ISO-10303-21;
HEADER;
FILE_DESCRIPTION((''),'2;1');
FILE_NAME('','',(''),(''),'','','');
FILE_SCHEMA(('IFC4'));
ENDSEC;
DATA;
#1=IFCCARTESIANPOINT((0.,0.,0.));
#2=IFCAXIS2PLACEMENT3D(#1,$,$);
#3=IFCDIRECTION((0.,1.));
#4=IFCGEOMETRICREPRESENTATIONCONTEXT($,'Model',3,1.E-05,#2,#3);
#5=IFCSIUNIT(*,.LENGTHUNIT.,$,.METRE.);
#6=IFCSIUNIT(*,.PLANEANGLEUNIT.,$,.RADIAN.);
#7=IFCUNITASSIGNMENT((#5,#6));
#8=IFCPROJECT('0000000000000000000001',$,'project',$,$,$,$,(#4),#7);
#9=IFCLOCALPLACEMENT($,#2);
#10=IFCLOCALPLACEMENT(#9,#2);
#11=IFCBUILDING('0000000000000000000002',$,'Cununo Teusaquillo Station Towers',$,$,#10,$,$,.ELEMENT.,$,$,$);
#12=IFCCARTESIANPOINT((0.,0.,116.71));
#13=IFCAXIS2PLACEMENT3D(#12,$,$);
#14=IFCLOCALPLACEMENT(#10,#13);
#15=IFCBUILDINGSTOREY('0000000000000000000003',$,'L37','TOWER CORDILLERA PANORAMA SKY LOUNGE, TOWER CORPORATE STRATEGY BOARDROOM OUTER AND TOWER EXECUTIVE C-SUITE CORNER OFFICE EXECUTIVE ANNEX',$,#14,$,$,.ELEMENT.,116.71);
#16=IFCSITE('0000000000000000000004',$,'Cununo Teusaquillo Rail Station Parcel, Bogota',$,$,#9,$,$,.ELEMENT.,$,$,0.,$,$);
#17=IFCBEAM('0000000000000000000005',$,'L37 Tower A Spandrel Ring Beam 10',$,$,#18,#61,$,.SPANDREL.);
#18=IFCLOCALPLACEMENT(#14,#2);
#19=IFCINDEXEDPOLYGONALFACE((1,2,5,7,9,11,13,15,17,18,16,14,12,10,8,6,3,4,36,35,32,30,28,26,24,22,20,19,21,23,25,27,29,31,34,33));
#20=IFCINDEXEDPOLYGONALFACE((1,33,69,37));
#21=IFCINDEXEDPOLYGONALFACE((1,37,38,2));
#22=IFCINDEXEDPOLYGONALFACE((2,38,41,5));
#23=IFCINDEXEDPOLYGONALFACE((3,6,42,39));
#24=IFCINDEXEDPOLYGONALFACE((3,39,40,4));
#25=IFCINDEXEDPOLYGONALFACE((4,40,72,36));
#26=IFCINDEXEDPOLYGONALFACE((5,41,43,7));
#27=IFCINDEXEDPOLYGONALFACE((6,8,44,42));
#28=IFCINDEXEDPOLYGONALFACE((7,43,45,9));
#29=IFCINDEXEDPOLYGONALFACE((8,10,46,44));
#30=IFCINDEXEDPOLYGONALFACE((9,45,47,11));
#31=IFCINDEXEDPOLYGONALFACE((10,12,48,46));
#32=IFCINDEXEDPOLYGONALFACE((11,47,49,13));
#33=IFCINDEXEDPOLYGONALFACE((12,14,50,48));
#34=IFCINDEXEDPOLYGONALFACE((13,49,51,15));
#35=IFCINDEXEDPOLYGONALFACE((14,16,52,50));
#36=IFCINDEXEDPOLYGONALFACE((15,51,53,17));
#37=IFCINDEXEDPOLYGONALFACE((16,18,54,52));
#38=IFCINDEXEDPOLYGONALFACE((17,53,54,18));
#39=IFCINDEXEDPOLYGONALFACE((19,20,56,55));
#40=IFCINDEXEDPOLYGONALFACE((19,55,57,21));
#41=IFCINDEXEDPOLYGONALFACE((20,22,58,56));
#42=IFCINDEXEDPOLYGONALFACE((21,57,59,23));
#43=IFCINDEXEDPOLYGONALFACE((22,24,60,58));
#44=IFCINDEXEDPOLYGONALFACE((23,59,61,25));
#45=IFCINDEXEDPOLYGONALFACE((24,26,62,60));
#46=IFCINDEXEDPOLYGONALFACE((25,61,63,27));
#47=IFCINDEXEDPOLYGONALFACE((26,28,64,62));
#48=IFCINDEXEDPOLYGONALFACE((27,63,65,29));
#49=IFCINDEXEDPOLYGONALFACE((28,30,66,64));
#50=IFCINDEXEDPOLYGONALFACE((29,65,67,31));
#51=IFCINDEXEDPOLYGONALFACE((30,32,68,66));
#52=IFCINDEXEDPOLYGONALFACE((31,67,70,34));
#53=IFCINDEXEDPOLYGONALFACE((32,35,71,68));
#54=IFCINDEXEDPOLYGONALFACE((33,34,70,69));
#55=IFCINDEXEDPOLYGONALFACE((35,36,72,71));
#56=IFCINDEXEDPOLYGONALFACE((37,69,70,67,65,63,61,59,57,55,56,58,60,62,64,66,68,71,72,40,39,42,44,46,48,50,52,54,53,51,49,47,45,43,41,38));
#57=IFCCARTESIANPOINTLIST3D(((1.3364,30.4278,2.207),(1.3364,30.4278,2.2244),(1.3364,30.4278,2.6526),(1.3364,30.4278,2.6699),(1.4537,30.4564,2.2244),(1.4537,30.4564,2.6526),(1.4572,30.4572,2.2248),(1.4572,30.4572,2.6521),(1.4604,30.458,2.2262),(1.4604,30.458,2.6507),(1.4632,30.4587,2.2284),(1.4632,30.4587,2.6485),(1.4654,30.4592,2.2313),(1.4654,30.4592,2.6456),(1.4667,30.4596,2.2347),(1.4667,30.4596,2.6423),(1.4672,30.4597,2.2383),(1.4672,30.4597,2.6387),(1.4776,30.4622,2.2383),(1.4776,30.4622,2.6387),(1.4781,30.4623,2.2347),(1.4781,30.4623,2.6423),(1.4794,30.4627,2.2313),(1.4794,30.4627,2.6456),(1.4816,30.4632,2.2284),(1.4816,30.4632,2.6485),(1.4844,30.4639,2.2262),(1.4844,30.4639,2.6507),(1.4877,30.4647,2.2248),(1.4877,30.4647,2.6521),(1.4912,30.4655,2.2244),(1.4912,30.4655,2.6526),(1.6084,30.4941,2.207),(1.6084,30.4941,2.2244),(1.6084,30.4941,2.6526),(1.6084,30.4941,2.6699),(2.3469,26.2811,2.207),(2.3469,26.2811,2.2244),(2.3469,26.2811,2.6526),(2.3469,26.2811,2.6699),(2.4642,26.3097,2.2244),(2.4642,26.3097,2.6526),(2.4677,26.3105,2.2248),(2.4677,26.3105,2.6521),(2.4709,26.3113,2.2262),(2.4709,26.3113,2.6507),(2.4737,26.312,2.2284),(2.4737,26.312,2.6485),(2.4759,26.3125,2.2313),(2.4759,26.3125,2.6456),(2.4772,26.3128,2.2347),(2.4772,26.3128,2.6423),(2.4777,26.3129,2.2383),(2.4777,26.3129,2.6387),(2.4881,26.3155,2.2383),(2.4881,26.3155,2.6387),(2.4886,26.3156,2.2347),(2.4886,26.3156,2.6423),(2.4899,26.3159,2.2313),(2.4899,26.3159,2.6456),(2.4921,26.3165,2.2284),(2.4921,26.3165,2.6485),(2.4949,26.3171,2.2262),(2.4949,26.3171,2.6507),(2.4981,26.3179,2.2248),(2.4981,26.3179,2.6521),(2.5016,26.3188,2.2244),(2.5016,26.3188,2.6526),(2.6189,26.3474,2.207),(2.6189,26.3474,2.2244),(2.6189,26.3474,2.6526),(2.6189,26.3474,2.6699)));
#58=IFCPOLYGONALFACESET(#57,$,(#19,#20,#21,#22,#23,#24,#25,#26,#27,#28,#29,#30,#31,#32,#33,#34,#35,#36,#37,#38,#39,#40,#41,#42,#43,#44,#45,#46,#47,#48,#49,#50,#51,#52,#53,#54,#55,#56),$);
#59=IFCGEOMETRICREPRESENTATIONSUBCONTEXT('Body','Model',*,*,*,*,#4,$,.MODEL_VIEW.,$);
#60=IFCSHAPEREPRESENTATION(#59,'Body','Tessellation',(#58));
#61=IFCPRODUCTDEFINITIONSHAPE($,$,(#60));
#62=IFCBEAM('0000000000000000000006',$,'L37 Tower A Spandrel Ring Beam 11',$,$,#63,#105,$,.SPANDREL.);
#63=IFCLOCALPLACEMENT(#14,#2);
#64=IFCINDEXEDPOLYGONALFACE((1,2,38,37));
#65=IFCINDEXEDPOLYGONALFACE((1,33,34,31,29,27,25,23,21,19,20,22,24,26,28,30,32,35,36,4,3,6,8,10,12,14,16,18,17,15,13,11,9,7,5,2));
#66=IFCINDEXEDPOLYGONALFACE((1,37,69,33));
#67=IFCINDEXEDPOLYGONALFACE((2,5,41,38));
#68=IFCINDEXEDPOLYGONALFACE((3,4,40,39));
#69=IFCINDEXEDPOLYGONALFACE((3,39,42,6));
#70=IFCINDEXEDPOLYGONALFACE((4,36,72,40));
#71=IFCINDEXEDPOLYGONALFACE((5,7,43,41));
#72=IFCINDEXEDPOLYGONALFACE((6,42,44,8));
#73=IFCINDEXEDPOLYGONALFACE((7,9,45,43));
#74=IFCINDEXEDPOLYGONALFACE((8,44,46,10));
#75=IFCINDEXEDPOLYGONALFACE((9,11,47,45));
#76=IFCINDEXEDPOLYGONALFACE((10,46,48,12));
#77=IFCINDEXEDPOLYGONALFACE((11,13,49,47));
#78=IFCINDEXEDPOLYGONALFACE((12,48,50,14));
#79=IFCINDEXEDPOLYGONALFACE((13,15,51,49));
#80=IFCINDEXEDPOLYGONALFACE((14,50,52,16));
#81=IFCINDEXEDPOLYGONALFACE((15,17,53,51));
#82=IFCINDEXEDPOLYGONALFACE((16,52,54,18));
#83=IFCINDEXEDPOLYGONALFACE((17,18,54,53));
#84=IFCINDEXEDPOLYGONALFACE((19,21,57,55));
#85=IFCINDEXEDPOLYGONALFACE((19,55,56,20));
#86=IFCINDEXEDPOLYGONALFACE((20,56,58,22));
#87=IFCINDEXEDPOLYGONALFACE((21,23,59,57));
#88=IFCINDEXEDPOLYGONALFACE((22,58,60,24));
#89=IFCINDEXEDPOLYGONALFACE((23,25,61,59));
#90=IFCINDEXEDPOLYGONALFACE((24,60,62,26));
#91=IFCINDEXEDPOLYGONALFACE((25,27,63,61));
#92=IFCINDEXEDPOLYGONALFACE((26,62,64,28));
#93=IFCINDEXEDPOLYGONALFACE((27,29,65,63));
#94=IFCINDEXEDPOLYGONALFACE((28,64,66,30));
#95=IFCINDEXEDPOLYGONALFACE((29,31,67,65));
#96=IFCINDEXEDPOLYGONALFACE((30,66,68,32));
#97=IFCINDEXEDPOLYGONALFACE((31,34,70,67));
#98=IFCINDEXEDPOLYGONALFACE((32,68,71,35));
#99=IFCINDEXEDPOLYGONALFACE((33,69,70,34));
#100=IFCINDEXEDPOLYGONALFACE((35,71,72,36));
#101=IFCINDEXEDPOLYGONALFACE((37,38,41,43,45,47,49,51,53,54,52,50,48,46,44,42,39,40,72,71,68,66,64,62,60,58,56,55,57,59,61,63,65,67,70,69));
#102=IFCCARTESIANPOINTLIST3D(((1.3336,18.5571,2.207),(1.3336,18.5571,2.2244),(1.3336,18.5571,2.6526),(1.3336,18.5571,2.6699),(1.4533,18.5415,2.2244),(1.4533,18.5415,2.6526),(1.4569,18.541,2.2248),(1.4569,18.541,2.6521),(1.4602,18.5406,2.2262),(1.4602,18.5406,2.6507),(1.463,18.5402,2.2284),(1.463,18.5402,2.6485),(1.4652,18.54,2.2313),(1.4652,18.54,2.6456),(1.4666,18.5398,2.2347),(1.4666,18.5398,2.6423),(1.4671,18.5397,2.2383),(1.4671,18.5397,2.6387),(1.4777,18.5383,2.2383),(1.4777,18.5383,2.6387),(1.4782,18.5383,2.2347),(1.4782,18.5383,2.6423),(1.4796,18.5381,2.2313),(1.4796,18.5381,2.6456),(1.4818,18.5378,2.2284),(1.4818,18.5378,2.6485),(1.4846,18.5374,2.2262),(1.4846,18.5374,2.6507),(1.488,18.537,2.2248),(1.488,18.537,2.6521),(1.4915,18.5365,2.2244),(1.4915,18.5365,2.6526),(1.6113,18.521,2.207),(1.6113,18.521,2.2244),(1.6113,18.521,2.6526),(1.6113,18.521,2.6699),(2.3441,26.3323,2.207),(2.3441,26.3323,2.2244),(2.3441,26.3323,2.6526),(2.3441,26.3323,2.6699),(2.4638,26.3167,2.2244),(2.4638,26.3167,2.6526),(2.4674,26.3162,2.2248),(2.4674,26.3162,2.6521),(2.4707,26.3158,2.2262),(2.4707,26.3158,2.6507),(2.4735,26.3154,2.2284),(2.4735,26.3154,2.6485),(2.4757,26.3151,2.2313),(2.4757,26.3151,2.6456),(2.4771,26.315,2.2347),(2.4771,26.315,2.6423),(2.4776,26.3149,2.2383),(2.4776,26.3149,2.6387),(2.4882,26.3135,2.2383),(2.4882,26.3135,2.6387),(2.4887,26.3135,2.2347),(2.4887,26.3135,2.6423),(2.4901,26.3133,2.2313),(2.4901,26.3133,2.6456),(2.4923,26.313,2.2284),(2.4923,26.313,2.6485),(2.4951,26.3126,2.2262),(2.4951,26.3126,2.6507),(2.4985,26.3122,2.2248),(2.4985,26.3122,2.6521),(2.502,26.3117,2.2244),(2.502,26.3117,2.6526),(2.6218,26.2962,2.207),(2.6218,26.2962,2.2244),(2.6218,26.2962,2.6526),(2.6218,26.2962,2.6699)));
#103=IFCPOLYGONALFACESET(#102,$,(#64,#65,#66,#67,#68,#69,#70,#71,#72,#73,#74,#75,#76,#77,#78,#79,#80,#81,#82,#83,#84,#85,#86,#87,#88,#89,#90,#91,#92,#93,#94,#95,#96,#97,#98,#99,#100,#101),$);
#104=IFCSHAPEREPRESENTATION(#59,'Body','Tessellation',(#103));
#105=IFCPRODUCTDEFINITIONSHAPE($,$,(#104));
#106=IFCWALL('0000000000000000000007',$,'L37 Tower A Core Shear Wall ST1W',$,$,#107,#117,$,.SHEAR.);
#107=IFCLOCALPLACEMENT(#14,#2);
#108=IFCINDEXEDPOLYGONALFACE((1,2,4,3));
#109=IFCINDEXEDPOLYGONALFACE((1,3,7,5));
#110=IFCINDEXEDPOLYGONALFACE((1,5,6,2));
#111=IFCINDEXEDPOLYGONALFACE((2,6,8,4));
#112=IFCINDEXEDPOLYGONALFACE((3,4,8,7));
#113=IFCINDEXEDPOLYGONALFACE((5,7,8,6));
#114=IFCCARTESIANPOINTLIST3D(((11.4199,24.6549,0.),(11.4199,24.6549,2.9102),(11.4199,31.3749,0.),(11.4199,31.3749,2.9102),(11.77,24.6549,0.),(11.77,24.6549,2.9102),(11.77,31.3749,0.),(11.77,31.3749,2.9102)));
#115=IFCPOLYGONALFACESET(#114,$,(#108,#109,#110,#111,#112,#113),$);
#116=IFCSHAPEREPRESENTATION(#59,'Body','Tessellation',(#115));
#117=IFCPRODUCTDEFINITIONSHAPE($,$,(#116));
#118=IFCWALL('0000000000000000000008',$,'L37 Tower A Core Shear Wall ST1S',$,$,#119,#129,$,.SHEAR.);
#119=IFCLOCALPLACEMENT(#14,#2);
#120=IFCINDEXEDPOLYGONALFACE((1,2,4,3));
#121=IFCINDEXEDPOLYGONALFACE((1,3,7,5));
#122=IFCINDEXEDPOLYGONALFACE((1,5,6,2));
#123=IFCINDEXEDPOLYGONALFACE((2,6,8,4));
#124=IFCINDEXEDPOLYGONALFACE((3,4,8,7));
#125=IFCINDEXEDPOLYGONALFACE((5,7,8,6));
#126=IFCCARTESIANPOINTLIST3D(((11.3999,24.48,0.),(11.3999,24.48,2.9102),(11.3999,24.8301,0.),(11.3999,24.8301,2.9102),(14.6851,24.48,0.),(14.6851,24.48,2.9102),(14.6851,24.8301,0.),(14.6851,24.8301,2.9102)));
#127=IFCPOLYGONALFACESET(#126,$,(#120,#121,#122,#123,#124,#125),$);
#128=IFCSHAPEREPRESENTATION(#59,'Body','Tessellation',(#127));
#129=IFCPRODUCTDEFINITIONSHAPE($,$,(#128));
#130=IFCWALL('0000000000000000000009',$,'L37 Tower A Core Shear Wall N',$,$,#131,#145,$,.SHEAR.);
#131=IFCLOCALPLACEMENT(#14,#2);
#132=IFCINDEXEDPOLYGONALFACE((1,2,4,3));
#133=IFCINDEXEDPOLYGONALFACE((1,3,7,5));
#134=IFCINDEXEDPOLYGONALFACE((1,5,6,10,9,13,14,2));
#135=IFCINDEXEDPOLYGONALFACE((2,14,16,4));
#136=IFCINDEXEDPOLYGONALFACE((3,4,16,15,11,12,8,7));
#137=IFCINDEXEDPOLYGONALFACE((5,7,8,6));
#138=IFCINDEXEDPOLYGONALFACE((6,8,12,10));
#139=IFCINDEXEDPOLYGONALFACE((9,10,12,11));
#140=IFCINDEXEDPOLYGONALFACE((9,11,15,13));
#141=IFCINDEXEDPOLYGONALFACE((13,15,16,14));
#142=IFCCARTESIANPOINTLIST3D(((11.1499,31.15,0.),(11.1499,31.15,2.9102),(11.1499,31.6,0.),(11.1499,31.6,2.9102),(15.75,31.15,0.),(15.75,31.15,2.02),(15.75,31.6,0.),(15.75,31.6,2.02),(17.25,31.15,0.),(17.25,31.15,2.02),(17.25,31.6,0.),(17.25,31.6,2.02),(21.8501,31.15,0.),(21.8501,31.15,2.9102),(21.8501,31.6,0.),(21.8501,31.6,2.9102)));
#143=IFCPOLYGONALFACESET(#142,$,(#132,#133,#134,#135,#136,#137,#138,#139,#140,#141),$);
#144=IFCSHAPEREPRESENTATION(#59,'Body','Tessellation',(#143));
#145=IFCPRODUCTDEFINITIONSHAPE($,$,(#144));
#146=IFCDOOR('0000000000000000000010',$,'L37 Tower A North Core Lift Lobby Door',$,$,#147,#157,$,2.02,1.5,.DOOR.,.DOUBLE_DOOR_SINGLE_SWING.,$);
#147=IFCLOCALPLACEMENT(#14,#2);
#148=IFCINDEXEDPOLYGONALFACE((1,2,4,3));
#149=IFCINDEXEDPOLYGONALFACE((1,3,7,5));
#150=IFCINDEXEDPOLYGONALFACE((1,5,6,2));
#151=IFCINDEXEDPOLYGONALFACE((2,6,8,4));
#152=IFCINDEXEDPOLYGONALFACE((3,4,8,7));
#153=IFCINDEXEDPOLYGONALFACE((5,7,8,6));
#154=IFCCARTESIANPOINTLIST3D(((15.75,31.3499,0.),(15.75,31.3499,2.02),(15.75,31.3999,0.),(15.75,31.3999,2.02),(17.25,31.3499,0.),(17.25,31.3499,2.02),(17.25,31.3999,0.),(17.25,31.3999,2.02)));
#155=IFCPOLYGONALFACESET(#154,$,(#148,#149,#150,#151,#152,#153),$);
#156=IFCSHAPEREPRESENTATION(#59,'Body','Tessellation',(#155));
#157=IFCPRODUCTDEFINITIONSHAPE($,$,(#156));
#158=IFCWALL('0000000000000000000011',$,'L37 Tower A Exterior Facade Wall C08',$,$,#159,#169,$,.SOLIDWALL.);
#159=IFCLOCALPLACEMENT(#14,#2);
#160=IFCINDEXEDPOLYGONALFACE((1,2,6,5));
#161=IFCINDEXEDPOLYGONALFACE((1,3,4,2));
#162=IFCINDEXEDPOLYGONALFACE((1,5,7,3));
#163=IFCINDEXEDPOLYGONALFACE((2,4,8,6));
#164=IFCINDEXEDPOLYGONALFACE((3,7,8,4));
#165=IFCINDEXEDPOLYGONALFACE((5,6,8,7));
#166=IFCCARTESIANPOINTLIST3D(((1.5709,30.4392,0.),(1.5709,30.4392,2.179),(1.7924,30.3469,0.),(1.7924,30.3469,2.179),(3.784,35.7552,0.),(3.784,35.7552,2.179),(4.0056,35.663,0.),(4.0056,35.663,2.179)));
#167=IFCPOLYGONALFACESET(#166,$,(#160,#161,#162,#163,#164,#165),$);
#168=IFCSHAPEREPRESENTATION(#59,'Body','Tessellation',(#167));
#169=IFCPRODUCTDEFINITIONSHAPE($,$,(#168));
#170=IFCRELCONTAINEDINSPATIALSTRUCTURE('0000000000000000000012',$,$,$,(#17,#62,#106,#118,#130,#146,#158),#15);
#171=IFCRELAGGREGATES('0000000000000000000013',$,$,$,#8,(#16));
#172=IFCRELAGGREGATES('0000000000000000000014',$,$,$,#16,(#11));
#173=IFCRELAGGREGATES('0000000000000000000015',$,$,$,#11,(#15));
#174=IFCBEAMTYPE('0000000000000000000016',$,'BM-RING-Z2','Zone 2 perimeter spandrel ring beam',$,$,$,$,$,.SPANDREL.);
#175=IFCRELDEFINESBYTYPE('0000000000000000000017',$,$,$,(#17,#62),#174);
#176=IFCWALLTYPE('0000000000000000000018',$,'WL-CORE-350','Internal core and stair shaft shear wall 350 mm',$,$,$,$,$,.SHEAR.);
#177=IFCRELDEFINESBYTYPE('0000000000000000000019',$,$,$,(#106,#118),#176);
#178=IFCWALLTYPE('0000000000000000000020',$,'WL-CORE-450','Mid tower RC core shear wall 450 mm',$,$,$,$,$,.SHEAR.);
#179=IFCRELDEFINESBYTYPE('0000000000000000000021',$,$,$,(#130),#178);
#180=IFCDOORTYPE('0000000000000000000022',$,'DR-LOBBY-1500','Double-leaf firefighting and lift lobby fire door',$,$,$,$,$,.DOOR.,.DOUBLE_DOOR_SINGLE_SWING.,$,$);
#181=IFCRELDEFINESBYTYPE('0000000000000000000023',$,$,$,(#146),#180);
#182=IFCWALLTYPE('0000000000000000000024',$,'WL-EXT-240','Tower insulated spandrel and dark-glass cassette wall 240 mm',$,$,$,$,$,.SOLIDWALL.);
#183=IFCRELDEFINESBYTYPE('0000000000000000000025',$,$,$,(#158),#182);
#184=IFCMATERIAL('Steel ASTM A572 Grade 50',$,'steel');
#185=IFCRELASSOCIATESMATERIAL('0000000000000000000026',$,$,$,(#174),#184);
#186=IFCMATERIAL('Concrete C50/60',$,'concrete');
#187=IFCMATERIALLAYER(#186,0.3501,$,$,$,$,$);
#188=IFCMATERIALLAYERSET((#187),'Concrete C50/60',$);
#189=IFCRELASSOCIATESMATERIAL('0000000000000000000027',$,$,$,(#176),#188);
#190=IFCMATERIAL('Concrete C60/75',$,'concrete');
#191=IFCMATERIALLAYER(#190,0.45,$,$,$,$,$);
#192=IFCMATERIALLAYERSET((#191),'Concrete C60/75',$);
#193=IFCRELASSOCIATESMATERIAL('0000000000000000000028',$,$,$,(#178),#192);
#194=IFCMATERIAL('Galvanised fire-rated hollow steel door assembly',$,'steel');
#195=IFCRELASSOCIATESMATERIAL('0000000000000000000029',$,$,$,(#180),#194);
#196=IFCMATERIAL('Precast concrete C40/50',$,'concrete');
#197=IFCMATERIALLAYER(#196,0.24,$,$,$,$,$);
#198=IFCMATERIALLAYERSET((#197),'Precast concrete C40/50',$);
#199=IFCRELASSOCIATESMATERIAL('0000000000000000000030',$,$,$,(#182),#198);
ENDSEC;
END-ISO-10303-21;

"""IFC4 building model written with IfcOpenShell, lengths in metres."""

from ifc_helpers import new_model, si_unit, direction, frame, frame_2d, origin, origin_2d, place, context, subcontext, project, spatial, rectangle, i_section, extrude, source, transform, mapped, material, layer, layer_set, material_profile, profile_set, type_object, element, fill, save


model = new_model("IFC4")

# Units and contexts
model_context = context("Model", 3, precision=1e-05, world=origin(), true_north=direction((0.0, 1.0)))
body_context = subcontext(model_context, "Body", "Model", "MODEL_VIEW")
ifc_project = project(units=[si_unit("LENGTHUNIT", "METRE"), si_unit("PLANEANGLEUNIT", "RADIAN")], contexts=[model_context])

# Site, building, storey
site_placement = place(None, origin())
site = spatial("IfcSite", under=ifc_project, at=site_placement, Name="Cununo Teusaquillo Rail Station Parcel, Bogota", CompositionType="ELEMENT", RefElevation=0.0)
building_placement = place(site_placement, origin())
building = spatial("IfcBuilding", under=site, at=building_placement, Name="Cununo Teusaquillo Station Towers", CompositionType="ELEMENT")
storey_placement = place(building_placement, frame((0.0, 0.0, 116.71)))
storey = spatial("IfcBuildingStorey", under=building, at=storey_placement, Name="L37", Description="TOWER CORDILLERA PANORAMA SKY LOUNGE, TOWER CORPORATE STRATEGY BOARDROOM OUTER AND TOWER EXECUTIVE C-SUITE CORNER OFFICE EXECUTIVE ANNEX", CompositionType="ELEMENT", Elevation=116.71)

# Beams
ifc_material_1 = material(Name="Steel ASTM A572 Grade 50", Category="steel")
ifc_material_profile_1 = material_profile(ifc_material_1, i_section(OverallWidth=0.28, OverallDepth=0.4629, WebThickness=0.0107, FlangeThickness=0.0173, FilletRadius=0.0139, at=origin_2d()), Name="W18X76")
ifc_profile_set_1 = profile_set([ifc_material_profile_1], Name="Steel ASTM A572 Grade 50")
beam_type_1 = type_object("IfcBeamType", Name="BM-RING-Z2", Description="Zone 2 perimeter spandrel ring beam", PredefinedType="SPANDREL", material=ifc_profile_set_1)
beam_1_placement = place(storey_placement, frame((1.4724, 30.4609, 2.4385), z_axis=(0.236757, -0.971569, 0.0), x_axis=(0.971569, 0.236757, 0.0)))
element("IfcBeam", 1, at=beam_1_placement, inside=storey, type_object=beam_type_1, Name="L37 Tower A Spandrel Ring Beam 10", PredefinedType="SPANDREL", context=body_context, shape_type="SweptSolid", body=[
    extrude(i_section(OverallWidth=0.28, OverallDepth=0.4629, WebThickness=0.0107, FlangeThickness=0.0173, FilletRadius=0.0139, at=origin_2d()), origin(), (0.0, 0.0, 1.0), 4.2681),
])
beam_2_placement = place(storey_placement, frame((2.4829, 26.3142, 2.4385), z_axis=(-0.128881, -0.99166, 0.0), x_axis=(0.99166, -0.128881, 0.0)))
element("IfcBeam", 2, at=beam_2_placement, inside=storey, type_object=beam_type_1, Name="L37 Tower A Spandrel Ring Beam 11", PredefinedType="SPANDREL", context=body_context, shape_type="SweptSolid", body=[
    extrude(i_section(OverallWidth=0.28, OverallDepth=0.4629, WebThickness=0.0107, FlangeThickness=0.0173, FilletRadius=0.0139, at=origin_2d()), origin(), (0.0, 0.0, 1.0), 7.8406),
])

# Walls
ifc_material_2 = material(Name="Concrete C50/60", Category="concrete")
ifc_layer_1 = layer(ifc_material_2, 0.3501)
ifc_layer_set_1 = layer_set([ifc_layer_1], Name="Concrete C50/60")
wall_type_1 = type_object("IfcWallType", Name="WL-CORE-350", Description="Internal core and stair shaft shear wall 350 mm", PredefinedType="SHEAR", material=ifc_layer_set_1)
wall_1_placement = place(storey_placement, frame((11.595, 24.655, 0.0), z_axis=(0.0, 0.0, 1.0), x_axis=(0.0, 1.0, 0.0)))
element("IfcWall", 3, at=wall_1_placement, inside=storey, type_object=wall_type_1, Name="L37 Tower A Core Shear Wall ST1W", PredefinedType="SHEAR", context=body_context, shape_type="SweptSolid", body=[
    extrude(rectangle(XDim=6.72, YDim=0.3501, at=frame_2d((3.3599, 0.0))), origin(), (0.0, 0.0, 1.0), 2.9102),
])
wall_2_placement = place(storey_placement, frame((11.3999, 24.655, 0.0), z_axis=(0.0, 0.0, 1.0), x_axis=(1.0, 0.0, 0.0)))
element("IfcWall", 4, at=wall_2_placement, inside=storey, type_object=wall_type_1, Name="L37 Tower A Core Shear Wall ST1S", PredefinedType="SHEAR", context=body_context, shape_type="SweptSolid", body=[
    extrude(rectangle(XDim=3.2852, YDim=0.3501, at=frame_2d((1.6426, 0.0))), origin(), (0.0, 0.0, 1.0), 2.9102),
])

# Wall, opening, door
ifc_material_3 = material(Name="Concrete C60/75", Category="concrete")
ifc_layer_2 = layer(ifc_material_3, 0.45)
ifc_layer_set_2 = layer_set([ifc_layer_2], Name="Concrete C60/75")
wall_type_2 = type_object("IfcWallType", Name="WL-CORE-450", Description="Mid tower RC core shear wall 450 mm", PredefinedType="SHEAR", material=ifc_layer_set_2)
wall_3_placement = place(storey_placement, frame((11.1499, 31.375, 0.0), z_axis=(0.0, 0.0, 1.0), x_axis=(1.0, 0.0, 0.0)))
wall_3 = element("IfcWall", 5, at=wall_3_placement, inside=storey, type_object=wall_type_2, Name="L37 Tower A Core Shear Wall N", PredefinedType="SHEAR", context=body_context, shape_type="SweptSolid", body=[
    extrude(rectangle(XDim=10.7002, YDim=0.45, at=frame_2d((5.3501, 0.0))), origin(), (0.0, 0.0, 1.0), 2.9102),
])
shared_shape_1 = source(origin(), body_context, "Body", "SweptSolid", [
    extrude(rectangle(XDim=1.5, YDim=2.02, at=frame_2d((0.75, 1.01))), frame((0.0, 0.2349, 0.0), z_axis=(0.0, -1.0, 0.0), x_axis=(1.0, 0.0, 0.0)), (0.0, 0.0, 1.0), 0.47),
])
opening_1_placement = place(wall_3_placement, frame((4.6001, 0.0, 0.0)))
opening_1 = element("IfcOpeningElement", 6, at=opening_1_placement, cuts=wall_3, PredefinedType="OPENING", context=body_context, shape_type="MappedRepresentation", body=[
    mapped(shared_shape_1, transform((0.0, 0.0, 0.0), x_axis=(1.0, 0.0, 0.0), y_axis=(0.0, 1.0, 0.0), z_axis=(0.0, 0.0, 1.0), scale=1.0)),
])
ifc_material_4 = material(Name="Galvanised fire-rated hollow steel door assembly", Category="steel")
door_type_1 = type_object("IfcDoorType", Name="DR-LOBBY-1500", Description="Double-leaf firefighting and lift lobby fire door", OperationType="DOUBLE_DOOR_SINGLE_SWING", PredefinedType="DOOR", material=ifc_material_4)
shared_shape_2 = source(origin(), body_context, "Body", "SweptSolid", [
    extrude(rectangle(XDim=1.5, YDim=2.02, at=frame_2d((0.75, 1.01))), frame((0.0, 0.0249, 0.0), z_axis=(0.0, -1.0, 0.0), x_axis=(1.0, 0.0, 0.0)), (0.0, 0.0, 1.0), 0.05),
])
door_1_placement = place(opening_1_placement, origin())
door_1 = element("IfcDoor", 7, at=door_1_placement, inside=storey, type_object=door_type_1, Name="L37 Tower A North Core Lift Lobby Door", OperationType="DOUBLE_DOOR_SINGLE_SWING", OverallHeight=2.02, OverallWidth=1.5, PredefinedType="DOOR", context=body_context, shape_type="MappedRepresentation", body=[
    mapped(shared_shape_2, transform((0.0, 0.0, 0.0), x_axis=(1.0, 0.0, 0.0), y_axis=(0.0, 1.0, 0.0), z_axis=(0.0, 0.0, 1.0), scale=1.0)),
])
fill(opening_1, door_1)

# Wall
ifc_material_5 = material(Name="Precast concrete C40/50", Category="concrete")
ifc_layer_3 = layer(ifc_material_5, 0.24)
ifc_layer_set_3 = layer_set([ifc_layer_3], Name="Precast concrete C40/50")
wall_type_3 = type_object("IfcWallType", Name="WL-EXT-240", Description="Tower insulated spandrel and dark-glass cassette wall 240 mm", PredefinedType="SOLIDWALL", material=ifc_layer_set_3)
wall_4_placement = place(storey_placement, frame((1.6816, 30.3931, 0.0), z_axis=(0.0, 0.0, 1.0), x_axis=(0.384344, 0.92319, 0.0)))
element("IfcWall", 8, at=wall_4_placement, inside=storey, type_object=wall_type_3, Name="L37 Tower A Exterior Facade Wall C08", PredefinedType="SOLIDWALL", context=body_context, shape_type="SweptSolid", body=[
    extrude(rectangle(XDim=5.7583, YDim=0.24, at=frame_2d((2.8792, 0.0))), origin(), (0.0, 0.0, 1.0), 2.179),
])

save(model, "model.ifc")
